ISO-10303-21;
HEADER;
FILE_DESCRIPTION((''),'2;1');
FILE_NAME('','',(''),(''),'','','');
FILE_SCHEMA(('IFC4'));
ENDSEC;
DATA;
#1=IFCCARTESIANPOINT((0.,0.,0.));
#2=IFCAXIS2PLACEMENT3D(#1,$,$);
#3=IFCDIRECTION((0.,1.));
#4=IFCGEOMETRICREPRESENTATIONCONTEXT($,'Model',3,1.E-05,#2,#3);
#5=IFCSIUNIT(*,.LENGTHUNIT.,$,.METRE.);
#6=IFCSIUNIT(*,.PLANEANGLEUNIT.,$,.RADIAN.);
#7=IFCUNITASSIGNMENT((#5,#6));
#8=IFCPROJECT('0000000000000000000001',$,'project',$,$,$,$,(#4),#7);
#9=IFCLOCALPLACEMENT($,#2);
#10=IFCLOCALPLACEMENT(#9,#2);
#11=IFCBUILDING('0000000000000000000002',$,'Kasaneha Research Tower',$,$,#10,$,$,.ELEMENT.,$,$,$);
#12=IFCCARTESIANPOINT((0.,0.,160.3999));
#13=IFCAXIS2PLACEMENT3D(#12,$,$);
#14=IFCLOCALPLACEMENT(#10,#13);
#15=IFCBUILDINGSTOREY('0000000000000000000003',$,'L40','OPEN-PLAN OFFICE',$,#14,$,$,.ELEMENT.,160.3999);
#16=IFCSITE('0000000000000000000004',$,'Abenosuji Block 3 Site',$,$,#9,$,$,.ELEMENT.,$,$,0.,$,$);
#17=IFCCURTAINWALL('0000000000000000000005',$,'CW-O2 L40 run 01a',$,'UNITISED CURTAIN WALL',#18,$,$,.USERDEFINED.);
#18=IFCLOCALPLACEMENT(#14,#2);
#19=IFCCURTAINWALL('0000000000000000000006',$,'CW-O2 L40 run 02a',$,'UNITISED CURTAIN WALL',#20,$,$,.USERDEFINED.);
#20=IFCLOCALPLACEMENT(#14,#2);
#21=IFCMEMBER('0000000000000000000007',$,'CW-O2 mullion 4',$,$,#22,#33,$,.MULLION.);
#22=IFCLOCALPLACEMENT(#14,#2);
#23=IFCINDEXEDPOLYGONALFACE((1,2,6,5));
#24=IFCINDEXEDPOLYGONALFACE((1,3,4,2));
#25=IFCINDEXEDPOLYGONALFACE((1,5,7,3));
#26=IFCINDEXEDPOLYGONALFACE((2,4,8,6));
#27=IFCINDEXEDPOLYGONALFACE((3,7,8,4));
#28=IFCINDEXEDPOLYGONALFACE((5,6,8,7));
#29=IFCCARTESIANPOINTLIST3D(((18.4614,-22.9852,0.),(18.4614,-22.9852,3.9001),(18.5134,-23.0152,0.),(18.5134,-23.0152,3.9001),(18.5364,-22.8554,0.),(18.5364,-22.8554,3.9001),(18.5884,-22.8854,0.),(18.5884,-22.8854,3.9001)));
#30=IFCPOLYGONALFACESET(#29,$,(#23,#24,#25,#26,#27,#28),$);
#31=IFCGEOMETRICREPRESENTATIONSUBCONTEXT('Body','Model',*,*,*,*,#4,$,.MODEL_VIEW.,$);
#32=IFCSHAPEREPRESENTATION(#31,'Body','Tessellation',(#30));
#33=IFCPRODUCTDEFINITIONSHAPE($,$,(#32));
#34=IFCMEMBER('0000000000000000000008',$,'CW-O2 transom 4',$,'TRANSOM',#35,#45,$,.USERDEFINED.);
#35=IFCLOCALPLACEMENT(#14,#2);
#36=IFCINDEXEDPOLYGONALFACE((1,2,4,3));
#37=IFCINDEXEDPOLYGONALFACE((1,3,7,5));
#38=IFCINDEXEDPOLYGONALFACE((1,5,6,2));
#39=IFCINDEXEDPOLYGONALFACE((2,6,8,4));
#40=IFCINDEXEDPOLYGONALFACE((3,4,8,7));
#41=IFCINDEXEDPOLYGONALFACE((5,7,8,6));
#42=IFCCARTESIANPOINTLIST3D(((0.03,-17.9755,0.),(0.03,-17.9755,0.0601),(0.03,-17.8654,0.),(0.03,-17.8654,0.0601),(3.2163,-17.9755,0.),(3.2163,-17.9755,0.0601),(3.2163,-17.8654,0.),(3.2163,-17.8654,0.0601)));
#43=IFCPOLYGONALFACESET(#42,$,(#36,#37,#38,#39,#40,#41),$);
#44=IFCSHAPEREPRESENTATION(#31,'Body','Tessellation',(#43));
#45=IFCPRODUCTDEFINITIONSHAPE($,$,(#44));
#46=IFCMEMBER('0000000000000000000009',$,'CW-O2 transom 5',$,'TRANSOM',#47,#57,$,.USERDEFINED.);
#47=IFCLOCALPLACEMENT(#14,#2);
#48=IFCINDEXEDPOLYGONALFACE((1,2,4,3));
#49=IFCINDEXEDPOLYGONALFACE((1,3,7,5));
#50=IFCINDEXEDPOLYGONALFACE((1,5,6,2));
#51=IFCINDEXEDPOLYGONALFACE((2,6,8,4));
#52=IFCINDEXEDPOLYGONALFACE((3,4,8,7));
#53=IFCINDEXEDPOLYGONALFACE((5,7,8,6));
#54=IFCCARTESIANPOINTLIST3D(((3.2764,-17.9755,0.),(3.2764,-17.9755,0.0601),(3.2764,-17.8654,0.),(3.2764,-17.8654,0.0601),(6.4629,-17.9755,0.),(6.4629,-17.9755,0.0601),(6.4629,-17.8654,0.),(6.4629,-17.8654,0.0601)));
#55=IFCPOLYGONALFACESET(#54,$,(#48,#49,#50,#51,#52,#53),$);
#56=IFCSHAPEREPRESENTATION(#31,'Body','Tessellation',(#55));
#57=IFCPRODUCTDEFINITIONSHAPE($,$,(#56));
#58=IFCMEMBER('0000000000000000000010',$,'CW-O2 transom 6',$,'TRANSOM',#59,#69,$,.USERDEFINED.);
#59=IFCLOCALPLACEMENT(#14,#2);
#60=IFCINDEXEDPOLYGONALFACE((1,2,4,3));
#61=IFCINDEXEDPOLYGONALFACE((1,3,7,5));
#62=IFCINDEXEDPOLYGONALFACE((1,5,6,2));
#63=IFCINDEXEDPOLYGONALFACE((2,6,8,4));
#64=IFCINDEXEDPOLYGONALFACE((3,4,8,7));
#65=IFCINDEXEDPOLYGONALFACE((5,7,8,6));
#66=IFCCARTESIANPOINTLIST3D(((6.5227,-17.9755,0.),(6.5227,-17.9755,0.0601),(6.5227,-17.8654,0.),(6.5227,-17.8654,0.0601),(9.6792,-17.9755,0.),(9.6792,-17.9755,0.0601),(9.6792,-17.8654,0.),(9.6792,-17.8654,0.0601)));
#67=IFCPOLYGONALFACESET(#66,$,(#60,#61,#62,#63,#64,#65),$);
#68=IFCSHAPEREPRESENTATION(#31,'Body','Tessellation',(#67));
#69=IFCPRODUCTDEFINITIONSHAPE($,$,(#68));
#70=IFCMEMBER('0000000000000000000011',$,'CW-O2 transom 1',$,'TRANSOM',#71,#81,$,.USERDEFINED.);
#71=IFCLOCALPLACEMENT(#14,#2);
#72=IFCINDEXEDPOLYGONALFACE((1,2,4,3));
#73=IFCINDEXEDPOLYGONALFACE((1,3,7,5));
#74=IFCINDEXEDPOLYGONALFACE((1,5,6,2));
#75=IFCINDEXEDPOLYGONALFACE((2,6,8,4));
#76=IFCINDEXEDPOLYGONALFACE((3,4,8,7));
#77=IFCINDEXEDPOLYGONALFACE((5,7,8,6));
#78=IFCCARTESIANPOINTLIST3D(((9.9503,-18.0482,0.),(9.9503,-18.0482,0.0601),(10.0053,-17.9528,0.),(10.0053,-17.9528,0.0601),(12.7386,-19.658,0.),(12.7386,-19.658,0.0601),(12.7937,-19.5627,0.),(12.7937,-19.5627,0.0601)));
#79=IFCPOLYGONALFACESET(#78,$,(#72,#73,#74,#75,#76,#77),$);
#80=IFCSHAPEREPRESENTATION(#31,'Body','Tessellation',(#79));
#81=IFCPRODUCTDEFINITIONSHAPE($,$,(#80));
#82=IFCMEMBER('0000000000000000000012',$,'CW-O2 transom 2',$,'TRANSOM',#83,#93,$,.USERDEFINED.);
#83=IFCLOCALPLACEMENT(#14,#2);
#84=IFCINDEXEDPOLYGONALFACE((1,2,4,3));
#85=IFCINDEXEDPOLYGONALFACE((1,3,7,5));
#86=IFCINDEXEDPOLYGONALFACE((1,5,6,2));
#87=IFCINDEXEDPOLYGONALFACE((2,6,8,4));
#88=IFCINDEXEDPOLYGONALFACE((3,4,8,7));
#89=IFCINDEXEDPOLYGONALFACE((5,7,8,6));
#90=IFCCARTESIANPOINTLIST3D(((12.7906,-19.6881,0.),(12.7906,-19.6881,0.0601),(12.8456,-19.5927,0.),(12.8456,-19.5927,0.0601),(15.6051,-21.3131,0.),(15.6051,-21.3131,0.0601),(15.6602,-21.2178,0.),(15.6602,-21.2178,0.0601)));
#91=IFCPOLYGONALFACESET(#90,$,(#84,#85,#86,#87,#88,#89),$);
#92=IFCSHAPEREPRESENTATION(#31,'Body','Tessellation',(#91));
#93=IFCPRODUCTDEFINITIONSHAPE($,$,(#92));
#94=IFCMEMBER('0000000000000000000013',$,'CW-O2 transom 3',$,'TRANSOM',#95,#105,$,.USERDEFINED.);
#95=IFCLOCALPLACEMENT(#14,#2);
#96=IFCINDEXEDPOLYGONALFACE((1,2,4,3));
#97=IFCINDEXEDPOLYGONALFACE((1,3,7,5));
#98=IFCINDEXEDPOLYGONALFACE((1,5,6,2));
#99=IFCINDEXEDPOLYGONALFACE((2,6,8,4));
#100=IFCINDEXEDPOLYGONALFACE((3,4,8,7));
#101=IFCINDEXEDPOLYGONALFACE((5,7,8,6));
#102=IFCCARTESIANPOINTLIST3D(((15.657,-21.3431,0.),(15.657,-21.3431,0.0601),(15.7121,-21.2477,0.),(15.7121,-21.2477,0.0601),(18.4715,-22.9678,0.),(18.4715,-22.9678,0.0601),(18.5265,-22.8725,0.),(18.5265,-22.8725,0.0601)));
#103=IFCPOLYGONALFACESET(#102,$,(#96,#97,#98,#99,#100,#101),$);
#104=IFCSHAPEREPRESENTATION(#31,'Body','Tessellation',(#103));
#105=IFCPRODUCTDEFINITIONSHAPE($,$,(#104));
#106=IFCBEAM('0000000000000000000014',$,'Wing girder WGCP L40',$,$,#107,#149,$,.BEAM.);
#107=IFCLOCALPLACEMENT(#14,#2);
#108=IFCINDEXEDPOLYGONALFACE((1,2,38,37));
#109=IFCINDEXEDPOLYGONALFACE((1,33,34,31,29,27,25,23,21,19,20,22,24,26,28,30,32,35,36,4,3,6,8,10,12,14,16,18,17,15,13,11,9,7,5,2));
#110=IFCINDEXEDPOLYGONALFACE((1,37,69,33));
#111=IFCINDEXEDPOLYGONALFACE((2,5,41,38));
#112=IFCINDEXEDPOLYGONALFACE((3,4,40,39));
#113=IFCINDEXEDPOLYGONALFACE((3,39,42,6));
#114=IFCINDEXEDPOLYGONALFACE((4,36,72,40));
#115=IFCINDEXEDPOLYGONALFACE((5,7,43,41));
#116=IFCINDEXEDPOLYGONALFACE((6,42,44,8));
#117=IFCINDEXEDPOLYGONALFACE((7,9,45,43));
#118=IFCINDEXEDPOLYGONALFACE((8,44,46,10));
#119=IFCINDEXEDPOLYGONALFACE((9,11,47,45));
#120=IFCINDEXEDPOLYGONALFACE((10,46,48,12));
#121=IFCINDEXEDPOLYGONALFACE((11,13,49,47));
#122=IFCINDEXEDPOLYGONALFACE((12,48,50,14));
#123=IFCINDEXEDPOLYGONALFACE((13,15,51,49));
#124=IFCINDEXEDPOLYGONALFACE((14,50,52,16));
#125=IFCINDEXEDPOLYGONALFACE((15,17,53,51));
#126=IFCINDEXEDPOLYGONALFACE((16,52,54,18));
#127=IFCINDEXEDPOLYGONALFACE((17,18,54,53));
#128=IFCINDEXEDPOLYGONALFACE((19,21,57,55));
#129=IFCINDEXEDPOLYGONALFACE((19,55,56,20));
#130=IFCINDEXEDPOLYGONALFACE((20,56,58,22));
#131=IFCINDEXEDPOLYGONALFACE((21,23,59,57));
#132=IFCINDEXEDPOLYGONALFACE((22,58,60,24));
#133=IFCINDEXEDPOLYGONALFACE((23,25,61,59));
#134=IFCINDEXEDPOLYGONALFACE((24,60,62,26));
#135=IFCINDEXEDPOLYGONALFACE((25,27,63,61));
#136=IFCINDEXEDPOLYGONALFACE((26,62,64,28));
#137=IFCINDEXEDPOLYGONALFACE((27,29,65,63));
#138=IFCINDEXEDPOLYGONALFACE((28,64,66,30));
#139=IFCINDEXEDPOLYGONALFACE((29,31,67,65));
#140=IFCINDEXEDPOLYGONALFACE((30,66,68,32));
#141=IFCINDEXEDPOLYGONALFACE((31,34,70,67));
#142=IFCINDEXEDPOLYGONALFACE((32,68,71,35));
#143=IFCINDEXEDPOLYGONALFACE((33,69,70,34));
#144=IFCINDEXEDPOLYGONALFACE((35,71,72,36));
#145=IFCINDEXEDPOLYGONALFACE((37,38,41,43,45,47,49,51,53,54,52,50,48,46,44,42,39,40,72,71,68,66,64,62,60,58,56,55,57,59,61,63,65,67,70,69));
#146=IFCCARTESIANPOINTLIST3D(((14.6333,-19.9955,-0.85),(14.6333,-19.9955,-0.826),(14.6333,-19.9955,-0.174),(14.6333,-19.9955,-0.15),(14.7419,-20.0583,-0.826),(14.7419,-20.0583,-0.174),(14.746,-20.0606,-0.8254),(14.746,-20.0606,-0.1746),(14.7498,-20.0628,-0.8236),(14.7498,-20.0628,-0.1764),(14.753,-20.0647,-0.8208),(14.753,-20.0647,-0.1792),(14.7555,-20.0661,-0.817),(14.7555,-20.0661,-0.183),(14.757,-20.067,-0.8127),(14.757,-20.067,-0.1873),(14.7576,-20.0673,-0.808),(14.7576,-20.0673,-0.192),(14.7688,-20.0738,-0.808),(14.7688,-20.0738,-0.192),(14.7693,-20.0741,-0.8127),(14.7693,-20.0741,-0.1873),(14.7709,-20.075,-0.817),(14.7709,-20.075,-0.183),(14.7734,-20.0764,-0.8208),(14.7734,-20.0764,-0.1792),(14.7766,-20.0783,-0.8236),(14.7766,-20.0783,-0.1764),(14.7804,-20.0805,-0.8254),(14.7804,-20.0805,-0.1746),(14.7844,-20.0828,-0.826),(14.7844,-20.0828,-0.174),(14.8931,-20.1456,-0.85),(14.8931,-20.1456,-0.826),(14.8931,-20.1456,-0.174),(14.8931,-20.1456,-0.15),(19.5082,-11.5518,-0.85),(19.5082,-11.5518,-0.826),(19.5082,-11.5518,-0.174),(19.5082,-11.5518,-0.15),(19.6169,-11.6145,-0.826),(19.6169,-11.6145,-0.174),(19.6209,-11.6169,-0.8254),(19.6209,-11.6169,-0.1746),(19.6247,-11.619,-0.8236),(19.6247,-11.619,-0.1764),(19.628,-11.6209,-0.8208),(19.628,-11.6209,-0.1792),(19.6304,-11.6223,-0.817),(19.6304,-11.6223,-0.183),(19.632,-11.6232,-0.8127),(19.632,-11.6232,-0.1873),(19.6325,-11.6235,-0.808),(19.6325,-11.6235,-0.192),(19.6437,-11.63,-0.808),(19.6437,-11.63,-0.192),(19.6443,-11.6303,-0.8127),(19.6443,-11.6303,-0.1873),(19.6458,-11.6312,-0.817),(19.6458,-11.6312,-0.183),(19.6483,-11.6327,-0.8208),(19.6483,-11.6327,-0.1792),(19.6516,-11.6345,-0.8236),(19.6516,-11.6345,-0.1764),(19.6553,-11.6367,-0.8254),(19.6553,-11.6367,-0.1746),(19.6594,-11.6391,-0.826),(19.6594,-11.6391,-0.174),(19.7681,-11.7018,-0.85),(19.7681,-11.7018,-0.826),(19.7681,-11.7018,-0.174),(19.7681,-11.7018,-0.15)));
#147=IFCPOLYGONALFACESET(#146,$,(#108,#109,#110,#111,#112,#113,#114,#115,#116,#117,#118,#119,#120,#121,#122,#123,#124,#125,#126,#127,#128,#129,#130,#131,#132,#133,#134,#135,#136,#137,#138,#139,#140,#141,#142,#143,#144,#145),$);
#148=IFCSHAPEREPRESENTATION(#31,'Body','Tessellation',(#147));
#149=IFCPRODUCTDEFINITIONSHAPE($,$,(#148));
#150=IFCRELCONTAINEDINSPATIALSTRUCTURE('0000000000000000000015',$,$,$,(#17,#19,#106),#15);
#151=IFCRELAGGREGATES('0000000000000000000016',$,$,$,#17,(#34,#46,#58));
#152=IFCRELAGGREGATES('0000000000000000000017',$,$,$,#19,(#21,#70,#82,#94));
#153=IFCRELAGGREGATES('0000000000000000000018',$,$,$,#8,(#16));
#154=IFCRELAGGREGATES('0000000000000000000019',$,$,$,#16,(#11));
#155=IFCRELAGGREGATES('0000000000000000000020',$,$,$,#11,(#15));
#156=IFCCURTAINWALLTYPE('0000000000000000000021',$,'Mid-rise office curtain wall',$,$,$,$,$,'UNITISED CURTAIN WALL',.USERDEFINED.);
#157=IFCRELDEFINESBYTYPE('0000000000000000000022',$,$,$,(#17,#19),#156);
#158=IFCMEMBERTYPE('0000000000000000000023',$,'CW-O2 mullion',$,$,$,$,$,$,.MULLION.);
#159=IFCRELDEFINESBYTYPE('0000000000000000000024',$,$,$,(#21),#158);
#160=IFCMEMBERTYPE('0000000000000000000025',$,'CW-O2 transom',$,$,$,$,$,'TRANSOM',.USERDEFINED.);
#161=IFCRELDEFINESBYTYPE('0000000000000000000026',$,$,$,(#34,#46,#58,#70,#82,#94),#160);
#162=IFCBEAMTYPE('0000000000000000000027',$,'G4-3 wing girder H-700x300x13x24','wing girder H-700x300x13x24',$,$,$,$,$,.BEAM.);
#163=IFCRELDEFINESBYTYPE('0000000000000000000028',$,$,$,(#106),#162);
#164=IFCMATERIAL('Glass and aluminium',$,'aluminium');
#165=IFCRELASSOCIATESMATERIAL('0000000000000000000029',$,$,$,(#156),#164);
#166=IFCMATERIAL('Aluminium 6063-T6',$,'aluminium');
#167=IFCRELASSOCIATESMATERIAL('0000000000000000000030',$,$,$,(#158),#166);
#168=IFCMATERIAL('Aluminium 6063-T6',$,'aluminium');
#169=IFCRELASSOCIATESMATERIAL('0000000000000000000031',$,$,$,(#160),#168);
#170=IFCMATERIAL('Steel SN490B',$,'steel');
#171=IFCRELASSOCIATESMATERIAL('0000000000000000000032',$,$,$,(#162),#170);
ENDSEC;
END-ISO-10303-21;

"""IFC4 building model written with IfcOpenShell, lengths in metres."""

from ifc_helpers import new_model, si_unit, direction, frame, origin, origin_2d, place, context, subcontext, project, spatial, rectangle, i_section, extrude, material, material_profile, profile_set, type_object, element, aggregate, save


model = new_model("IFC4")

# Units and contexts
model_context = context("Model", 3, precision=1e-05, world=origin(), true_north=direction((0.0, 1.0)))
body_context = subcontext(model_context, "Body", "Model", "MODEL_VIEW")
ifc_project = project(units=[si_unit("LENGTHUNIT", "METRE"), si_unit("PLANEANGLEUNIT", "RADIAN")], contexts=[model_context])

# Site, building, storey
site_placement = place(None, origin())
site = spatial("IfcSite", under=ifc_project, at=site_placement, Name="Abenosuji Block 3 Site", CompositionType="ELEMENT", RefElevation=0.0)
building_placement = place(site_placement, origin())
building = spatial("IfcBuilding", under=site, at=building_placement, Name="Kasaneha Research Tower", CompositionType="ELEMENT")
storey_placement = place(building_placement, frame((0.0, 0.0, 160.3999)))
storey = spatial("IfcBuildingStorey", under=building, at=storey_placement, Name="L40", Description="OPEN-PLAN OFFICE", CompositionType="ELEMENT", Elevation=160.3999)

# Curtain walls, member
ifc_material_1 = material(Name="Glass and aluminium", Category="aluminium")
curtain_wall_type = type_object("IfcCurtainWallType", Name="Mid-rise office curtain wall", ElementType="UNITISED CURTAIN WALL", PredefinedType="USERDEFINED", material=ifc_material_1)
curtain_wall_1_placement = place(storey_placement, origin())
curtain_wall_1 = element("IfcCurtainWall", 1, at=curtain_wall_1_placement, inside=storey, type_object=curtain_wall_type, Name="CW-O2 L40 run 01a", ObjectType="UNITISED CURTAIN WALL", PredefinedType="USERDEFINED")
ifc_material_2 = material(Name="Aluminium 6063-T6", Category="aluminium")
ifc_material_profile_1 = material_profile(ifc_material_2, rectangle(XDim=0.0601, YDim=0.1499, at=origin_2d()), Name="CW-O2 mullion 60x150")
ifc_profile_set_1 = profile_set([ifc_material_profile_1], Name="Aluminium 6063-T6")
member_type_1 = type_object("IfcMemberType", Name="CW-O2 mullion", PredefinedType="MULLION", material=ifc_profile_set_1)
curtain_wall_2_placement = place(storey_placement, origin())
curtain_wall_2 = element("IfcCurtainWall", 2, at=curtain_wall_2_placement, inside=storey, type_object=curtain_wall_type, Name="CW-O2 L40 run 02a", ObjectType="UNITISED CURTAIN WALL", PredefinedType="USERDEFINED")
member_1_placement = place(storey_placement, frame((18.5249, -22.9353, 0.0), z_axis=(0.0, 0.0, 1.0), x_axis=(0.866025, -0.5, 0.0)))
member_1 = element("IfcMember", 3, at=member_1_placement, type_object=member_type_1, Name="CW-O2 mullion 4", PredefinedType="MULLION", context=body_context, shape_type="SweptSolid", body=[
    extrude(rectangle(XDim=0.0601, YDim=0.1499, at=origin_2d()), origin(), (0.0, 0.0, 1.0), 3.9001),
])

# Members
ifc_material_3 = material(Name="Aluminium 6063-T6", Category="aluminium")
ifc_material_profile_2 = material_profile(ifc_material_3, rectangle(XDim=0.1101, YDim=0.0601, at=origin_2d()), Name="CW-O2 transom 110x60")
ifc_profile_set_2 = profile_set([ifc_material_profile_2], Name="Aluminium 6063-T6")
member_type_2 = type_object("IfcMemberType", Name="CW-O2 transom", ElementType="TRANSOM", PredefinedType="USERDEFINED", material=ifc_profile_set_2)
member_2_placement = place(storey_placement, frame((0.03, -17.9204, 0.03), z_axis=(1.0, 0.0, 0.0), x_axis=(0.0, 1.0, 0.0)))
member_2 = element("IfcMember", 4, at=member_2_placement, type_object=member_type_2, Name="CW-O2 transom 4", ObjectType="TRANSOM", PredefinedType="USERDEFINED", context=body_context, shape_type="SweptSolid", body=[
    extrude(rectangle(XDim=0.1101, YDim=0.0601, at=origin_2d()), origin(), (0.0, 0.0, 1.0), 3.1863),
])
member_3_placement = place(storey_placement, frame((3.2764, -17.9204, 0.03), z_axis=(1.0, 0.0, 0.0), x_axis=(0.0, 1.0, 0.0)))
member_3 = element("IfcMember", 5, at=member_3_placement, type_object=member_type_2, Name="CW-O2 transom 5", ObjectType="TRANSOM", PredefinedType="USERDEFINED", context=body_context, shape_type="SweptSolid", body=[
    extrude(rectangle(XDim=0.1101, YDim=0.0601, at=origin_2d()), origin(), (0.0, 0.0, 1.0), 3.1865),
])
member_4_placement = place(storey_placement, frame((6.5227, -17.9204, 0.03), z_axis=(1.0, 0.0, 0.0), x_axis=(0.0, 1.0, 0.0)))
member_4 = element("IfcMember", 6, at=member_4_placement, type_object=member_type_2, Name="CW-O2 transom 6", ObjectType="TRANSOM", PredefinedType="USERDEFINED", context=body_context, shape_type="SweptSolid", body=[
    extrude(rectangle(XDim=0.1101, YDim=0.0601, at=origin_2d()), origin(), (0.0, 0.0, 1.0), 3.1565),
])
member_5_placement = place(storey_placement, frame((9.9778, -18.0005, 0.03), z_axis=(0.866023, -0.500005, 0.0), x_axis=(0.500005, 0.866023, 0.0)))
member_5 = element("IfcMember", 7, at=member_5_placement, type_object=member_type_2, Name="CW-O2 transom 1", ObjectType="TRANSOM", PredefinedType="USERDEFINED", context=body_context, shape_type="SweptSolid", body=[
    extrude(rectangle(XDim=0.1101, YDim=0.0601, at=origin_2d()), origin(), (0.0, 0.0, 1.0), 3.2197),
])
member_6_placement = place(storey_placement, frame((12.8181, -19.6404, 0.03), z_axis=(0.866015, -0.500017, 0.0), x_axis=(0.500017, 0.866015, 0.0)))
member_6 = element("IfcMember", 8, at=member_6_placement, type_object=member_type_2, Name="CW-O2 transom 2", ObjectType="TRANSOM", PredefinedType="USERDEFINED", context=body_context, shape_type="SweptSolid", body=[
    extrude(rectangle(XDim=0.1101, YDim=0.0601, at=origin_2d()), origin(), (0.0, 0.0, 1.0), 3.25),
])
member_7_placement = place(storey_placement, frame((15.6846, -21.2954, 0.03), z_axis=(0.866048, -0.499961, 0.0), x_axis=(0.499961, 0.866048, 0.0)))
member_7 = element("IfcMember", 9, at=member_7_placement, type_object=member_type_2, Name="CW-O2 transom 3", ObjectType="TRANSOM", PredefinedType="USERDEFINED", context=body_context, shape_type="SweptSolid", body=[
    extrude(rectangle(XDim=0.1101, YDim=0.0601, at=origin_2d()), origin(), (0.0, 0.0, 1.0), 3.2498),
])

# Beam
ifc_material_4 = material(Name="Steel SN490B", Category="steel")
ifc_material_profile_3 = material_profile(ifc_material_4, i_section(OverallWidth=0.3, OverallDepth=0.7, WebThickness=0.0129, FlangeThickness=0.0239, FilletRadius=0.0181, at=origin_2d()), Name="H-700x300x13x24")
ifc_profile_set_3 = profile_set([ifc_material_profile_3], Name="Steel SN490B")
beam_type_1 = type_object("IfcBeamType", Name="G4-3 wing girder H-700x300x13x24", Description="wing girder H-700x300x13x24", PredefinedType="BEAM", material=ifc_profile_set_3)
beam_1_placement = place(storey_placement, frame((14.7632, -20.0706, -0.5), z_axis=(0.499996, 0.866028, 0.0), x_axis=(-0.866028, 0.499996, 0.0)))
element("IfcBeam", 10, at=beam_1_placement, inside=storey, type_object=beam_type_1, Name="Wing girder WGCP L40", PredefinedType="BEAM", context=body_context, shape_type="SweptSolid", body=[
    extrude(i_section(OverallWidth=0.3, OverallDepth=0.7, WebThickness=0.0129, FlangeThickness=0.0239, FilletRadius=0.0181, at=origin_2d()), origin(), (0.0, 0.0, 1.0), 9.75),
])

aggregate(curtain_wall_1, [member_2, member_3, member_4])
aggregate(curtain_wall_2, [member_1, member_5, member_6, member_7])

save(model, "model.ifc")
